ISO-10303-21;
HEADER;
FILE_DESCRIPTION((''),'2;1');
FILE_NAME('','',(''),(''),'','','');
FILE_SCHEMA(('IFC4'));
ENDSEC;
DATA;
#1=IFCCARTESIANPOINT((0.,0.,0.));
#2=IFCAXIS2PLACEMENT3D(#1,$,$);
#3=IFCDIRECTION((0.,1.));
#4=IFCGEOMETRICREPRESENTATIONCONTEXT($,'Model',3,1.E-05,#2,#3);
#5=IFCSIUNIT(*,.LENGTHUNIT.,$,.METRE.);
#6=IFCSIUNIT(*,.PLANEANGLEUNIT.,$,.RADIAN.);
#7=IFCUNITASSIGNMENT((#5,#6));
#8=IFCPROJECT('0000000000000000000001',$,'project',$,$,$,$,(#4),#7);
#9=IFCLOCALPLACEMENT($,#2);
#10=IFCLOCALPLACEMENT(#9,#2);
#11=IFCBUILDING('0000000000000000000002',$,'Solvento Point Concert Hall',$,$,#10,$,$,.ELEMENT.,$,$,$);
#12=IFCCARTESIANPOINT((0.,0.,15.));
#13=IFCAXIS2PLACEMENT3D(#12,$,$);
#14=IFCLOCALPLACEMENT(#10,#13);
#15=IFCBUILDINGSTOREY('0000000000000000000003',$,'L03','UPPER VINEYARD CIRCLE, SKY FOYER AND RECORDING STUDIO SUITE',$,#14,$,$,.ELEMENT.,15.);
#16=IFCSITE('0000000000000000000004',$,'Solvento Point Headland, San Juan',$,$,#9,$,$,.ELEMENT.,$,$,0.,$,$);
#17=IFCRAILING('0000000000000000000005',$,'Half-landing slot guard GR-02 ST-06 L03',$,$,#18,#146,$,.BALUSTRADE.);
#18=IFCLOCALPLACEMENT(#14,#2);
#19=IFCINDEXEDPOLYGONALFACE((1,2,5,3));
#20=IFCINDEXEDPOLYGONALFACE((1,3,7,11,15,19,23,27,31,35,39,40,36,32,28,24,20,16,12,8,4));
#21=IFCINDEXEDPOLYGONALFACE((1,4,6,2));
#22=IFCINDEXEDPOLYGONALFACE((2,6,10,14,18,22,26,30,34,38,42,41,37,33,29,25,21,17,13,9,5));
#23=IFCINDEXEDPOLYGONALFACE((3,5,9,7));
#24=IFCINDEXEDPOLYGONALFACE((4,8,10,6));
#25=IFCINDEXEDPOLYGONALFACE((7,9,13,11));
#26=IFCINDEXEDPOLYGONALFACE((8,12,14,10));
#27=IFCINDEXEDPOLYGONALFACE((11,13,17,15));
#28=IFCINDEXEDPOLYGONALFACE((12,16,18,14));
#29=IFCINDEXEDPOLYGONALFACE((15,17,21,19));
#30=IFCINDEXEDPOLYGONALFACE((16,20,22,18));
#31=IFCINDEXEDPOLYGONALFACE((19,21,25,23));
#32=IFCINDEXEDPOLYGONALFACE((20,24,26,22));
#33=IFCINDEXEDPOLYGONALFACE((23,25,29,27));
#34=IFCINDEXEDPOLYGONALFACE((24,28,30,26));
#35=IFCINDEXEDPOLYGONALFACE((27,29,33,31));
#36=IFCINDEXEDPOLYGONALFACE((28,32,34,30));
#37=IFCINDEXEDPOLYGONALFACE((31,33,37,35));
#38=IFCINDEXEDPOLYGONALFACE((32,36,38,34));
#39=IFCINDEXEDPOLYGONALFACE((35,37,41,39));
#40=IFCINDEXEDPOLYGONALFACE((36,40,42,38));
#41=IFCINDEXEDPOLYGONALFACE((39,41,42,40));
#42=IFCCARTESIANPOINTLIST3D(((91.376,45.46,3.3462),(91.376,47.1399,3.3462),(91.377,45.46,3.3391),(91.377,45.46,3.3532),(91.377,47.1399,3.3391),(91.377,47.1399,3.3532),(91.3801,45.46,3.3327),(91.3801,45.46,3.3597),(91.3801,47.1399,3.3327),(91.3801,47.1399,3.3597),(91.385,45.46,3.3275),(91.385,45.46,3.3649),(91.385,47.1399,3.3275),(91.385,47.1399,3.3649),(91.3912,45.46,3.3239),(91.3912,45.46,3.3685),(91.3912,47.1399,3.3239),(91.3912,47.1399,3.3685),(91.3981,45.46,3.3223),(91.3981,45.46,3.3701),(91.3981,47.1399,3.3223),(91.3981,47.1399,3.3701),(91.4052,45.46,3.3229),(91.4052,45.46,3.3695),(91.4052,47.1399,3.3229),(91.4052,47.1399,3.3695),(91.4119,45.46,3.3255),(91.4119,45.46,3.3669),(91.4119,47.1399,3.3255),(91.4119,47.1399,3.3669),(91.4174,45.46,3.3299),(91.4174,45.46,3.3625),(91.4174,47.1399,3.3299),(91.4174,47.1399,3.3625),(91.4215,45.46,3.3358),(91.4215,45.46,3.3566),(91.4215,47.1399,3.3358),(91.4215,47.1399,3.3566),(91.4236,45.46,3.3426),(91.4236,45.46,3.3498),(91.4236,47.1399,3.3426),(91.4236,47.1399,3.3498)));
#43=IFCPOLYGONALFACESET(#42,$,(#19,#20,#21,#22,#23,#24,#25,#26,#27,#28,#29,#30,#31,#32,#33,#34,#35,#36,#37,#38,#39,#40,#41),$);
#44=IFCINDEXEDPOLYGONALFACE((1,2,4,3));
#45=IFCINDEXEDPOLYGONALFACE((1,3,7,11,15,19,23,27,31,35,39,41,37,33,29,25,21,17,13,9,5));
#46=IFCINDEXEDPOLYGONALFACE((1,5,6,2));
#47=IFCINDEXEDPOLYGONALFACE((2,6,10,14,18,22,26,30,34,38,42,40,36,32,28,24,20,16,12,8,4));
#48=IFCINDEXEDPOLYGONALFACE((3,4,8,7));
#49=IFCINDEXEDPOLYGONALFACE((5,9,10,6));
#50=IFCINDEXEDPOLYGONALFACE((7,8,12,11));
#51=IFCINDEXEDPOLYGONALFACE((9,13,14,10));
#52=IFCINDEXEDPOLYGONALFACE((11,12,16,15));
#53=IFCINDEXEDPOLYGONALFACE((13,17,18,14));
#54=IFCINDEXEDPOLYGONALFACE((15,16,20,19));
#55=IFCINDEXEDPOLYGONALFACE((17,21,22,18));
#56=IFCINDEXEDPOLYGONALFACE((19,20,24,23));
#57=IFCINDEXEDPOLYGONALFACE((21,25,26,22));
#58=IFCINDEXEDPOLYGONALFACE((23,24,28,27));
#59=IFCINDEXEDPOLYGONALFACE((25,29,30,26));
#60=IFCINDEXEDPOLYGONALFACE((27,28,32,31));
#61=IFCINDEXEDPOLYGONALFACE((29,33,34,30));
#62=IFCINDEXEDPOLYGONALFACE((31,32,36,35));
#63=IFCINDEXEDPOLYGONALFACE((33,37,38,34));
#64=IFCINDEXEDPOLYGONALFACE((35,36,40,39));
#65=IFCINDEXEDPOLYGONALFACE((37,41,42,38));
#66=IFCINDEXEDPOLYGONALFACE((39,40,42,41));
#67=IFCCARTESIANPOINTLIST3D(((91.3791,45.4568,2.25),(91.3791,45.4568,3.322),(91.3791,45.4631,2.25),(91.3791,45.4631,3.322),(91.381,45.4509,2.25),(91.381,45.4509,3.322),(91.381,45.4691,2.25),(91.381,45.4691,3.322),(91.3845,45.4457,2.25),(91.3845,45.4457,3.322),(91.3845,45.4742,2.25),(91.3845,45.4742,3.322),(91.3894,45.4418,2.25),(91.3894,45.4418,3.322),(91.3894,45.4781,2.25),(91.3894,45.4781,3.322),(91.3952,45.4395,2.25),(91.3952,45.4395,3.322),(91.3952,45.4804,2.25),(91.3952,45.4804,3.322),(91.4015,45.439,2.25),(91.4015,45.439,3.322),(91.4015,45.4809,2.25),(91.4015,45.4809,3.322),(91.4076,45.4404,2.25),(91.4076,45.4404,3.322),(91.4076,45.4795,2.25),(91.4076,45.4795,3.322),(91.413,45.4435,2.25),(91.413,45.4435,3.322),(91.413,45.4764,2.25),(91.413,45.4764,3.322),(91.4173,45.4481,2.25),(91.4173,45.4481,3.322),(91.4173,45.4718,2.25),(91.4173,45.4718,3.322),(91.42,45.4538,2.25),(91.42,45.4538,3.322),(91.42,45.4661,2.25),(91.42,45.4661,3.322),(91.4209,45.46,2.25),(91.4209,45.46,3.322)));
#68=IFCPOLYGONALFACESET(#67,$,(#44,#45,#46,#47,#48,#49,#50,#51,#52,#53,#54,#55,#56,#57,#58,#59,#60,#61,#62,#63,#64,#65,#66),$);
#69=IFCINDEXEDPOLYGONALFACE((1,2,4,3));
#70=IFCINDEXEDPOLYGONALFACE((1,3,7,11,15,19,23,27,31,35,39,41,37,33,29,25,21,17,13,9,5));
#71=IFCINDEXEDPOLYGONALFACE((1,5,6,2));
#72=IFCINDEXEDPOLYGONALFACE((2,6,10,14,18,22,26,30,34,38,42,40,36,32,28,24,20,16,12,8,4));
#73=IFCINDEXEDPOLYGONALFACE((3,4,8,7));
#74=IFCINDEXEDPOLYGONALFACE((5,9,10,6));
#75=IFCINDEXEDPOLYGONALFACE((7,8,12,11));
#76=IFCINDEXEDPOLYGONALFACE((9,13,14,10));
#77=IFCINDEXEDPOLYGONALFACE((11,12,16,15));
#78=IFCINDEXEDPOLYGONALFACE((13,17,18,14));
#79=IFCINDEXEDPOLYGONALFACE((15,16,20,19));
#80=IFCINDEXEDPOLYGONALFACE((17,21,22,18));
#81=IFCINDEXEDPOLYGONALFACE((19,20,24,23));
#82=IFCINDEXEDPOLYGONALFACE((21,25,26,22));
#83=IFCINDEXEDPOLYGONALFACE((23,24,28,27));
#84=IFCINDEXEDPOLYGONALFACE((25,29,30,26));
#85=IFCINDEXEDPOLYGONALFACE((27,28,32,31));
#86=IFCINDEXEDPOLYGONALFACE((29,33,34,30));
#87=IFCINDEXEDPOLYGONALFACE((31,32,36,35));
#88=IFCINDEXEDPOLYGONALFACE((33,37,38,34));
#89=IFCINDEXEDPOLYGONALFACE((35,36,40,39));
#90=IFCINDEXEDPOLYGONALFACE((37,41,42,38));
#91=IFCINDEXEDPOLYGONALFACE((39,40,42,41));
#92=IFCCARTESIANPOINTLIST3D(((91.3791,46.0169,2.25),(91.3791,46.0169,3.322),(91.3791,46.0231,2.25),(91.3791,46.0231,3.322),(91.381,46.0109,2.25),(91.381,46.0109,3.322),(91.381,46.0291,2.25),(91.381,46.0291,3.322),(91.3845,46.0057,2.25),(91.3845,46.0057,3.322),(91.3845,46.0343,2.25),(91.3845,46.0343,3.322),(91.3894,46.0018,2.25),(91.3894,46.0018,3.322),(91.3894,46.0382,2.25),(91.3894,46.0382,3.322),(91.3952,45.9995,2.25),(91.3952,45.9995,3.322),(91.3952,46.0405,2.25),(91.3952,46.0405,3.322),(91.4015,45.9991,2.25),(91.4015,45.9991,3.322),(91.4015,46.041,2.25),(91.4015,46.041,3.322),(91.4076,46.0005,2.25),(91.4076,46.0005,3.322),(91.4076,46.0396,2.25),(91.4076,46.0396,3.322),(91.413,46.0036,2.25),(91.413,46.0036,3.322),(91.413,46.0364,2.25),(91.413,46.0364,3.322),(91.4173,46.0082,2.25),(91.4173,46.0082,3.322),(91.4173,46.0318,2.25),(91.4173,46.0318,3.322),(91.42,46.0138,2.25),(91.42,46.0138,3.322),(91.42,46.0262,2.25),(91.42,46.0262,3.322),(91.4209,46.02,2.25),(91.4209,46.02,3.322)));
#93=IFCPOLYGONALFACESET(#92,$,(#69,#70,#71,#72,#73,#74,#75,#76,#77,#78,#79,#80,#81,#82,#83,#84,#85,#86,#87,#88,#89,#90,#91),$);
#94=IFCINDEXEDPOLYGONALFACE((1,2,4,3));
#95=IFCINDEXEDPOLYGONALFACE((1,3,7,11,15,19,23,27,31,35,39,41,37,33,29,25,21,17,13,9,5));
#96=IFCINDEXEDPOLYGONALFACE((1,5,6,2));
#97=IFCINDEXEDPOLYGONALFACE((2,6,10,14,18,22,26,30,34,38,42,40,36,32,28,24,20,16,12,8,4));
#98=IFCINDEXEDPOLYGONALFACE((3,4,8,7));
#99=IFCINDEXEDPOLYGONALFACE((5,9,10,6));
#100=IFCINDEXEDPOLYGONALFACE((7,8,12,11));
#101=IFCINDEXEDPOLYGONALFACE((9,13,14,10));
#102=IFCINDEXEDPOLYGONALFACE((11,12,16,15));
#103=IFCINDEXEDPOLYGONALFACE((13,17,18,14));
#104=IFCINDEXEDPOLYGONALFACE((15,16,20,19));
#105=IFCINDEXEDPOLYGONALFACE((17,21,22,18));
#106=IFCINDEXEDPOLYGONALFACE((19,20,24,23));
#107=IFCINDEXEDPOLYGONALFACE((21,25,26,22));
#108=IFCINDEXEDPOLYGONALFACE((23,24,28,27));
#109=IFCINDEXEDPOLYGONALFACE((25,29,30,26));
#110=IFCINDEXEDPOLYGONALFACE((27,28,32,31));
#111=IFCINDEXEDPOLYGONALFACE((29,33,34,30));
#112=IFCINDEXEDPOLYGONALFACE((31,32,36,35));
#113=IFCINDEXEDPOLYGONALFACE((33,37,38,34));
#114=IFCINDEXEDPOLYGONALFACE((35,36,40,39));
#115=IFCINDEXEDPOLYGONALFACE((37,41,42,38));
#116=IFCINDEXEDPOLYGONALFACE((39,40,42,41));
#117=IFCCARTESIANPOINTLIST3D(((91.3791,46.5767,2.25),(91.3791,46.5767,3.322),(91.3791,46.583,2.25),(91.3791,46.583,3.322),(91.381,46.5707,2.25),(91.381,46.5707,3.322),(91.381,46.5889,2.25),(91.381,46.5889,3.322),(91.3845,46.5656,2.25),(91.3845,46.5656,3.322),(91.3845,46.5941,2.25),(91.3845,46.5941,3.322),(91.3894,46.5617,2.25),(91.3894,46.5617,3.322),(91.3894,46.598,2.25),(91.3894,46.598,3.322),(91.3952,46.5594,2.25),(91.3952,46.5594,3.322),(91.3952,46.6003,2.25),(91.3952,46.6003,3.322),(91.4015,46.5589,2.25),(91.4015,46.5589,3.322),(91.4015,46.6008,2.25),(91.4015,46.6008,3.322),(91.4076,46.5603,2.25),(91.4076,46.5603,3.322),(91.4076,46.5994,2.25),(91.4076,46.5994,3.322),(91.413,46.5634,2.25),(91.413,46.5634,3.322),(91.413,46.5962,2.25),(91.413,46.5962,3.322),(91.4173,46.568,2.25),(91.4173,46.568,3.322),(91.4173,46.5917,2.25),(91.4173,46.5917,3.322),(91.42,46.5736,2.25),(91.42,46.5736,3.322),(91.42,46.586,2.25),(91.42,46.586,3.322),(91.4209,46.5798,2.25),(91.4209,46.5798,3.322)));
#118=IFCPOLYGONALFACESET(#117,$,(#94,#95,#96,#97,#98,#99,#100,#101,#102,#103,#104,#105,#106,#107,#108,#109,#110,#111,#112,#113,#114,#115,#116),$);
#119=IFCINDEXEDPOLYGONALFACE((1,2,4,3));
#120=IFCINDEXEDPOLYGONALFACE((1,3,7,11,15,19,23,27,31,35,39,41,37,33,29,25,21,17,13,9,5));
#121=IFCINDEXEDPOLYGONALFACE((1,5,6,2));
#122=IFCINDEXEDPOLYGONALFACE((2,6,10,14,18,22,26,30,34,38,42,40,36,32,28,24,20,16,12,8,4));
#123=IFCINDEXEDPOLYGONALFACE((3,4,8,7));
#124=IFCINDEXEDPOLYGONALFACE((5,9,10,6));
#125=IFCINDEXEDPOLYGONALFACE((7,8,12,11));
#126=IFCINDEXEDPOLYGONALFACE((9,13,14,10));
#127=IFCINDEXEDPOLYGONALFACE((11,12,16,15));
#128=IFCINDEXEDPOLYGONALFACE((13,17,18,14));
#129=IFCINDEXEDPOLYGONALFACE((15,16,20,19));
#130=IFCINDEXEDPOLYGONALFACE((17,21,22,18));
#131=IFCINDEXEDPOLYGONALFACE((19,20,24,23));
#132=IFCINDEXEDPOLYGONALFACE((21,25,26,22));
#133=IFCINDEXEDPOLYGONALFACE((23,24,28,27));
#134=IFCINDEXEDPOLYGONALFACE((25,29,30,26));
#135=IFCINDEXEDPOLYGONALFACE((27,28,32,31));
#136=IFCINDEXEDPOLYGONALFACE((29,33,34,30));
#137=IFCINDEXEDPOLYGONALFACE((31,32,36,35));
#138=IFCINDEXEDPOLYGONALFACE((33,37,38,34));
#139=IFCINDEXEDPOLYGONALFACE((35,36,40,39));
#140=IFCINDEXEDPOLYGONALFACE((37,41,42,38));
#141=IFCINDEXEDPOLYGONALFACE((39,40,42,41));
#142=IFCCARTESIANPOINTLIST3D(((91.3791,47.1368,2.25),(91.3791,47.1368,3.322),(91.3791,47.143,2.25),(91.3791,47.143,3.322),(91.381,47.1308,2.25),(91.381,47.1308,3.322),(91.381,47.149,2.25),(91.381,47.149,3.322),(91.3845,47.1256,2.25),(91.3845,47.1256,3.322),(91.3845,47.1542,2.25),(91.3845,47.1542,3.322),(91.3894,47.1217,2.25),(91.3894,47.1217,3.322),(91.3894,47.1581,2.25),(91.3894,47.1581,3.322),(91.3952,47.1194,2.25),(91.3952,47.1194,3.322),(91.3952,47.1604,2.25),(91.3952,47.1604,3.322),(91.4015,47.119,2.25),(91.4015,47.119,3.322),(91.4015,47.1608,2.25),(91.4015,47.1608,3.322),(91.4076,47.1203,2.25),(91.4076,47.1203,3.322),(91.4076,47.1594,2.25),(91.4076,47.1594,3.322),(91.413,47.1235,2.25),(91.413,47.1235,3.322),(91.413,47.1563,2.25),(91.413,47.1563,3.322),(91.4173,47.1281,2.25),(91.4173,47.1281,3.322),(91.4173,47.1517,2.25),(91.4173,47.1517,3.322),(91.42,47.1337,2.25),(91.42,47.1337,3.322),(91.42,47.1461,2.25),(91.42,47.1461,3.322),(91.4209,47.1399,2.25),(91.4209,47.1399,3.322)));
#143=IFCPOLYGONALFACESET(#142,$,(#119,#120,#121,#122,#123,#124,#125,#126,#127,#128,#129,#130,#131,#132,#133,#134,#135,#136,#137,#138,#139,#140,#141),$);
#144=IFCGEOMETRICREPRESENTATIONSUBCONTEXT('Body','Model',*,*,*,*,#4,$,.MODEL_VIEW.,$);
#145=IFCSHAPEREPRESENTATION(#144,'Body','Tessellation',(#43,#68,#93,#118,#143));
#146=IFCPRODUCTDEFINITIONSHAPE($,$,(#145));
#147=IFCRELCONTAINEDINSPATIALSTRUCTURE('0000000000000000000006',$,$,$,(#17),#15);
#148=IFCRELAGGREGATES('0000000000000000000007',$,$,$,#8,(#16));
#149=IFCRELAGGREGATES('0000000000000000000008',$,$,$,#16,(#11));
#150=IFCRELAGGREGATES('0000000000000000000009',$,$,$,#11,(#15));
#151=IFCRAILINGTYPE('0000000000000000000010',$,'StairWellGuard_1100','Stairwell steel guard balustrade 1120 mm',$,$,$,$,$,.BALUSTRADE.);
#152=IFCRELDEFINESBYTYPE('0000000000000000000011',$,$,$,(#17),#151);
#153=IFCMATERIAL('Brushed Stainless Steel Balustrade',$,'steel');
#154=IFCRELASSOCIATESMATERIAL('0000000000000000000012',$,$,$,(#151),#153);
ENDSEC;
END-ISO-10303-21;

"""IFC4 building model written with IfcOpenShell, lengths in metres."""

from ifc_helpers import new_model, si_unit, direction, frame, origin, origin_2d, place, context, subcontext, project, spatial, circle, extrude, material, type_object, element, save


model = new_model("IFC4")

# Units and contexts
model_context = context("Model", 3, precision=1e-05, world=origin(), true_north=direction((0.0, 1.0)))
body_context = subcontext(model_context, "Body", "Model", "MODEL_VIEW")
ifc_project = project(units=[si_unit("LENGTHUNIT", "METRE"), si_unit("PLANEANGLEUNIT", "RADIAN")], contexts=[model_context])

# Site, building, storey
site_placement = place(None, origin())
site = spatial("IfcSite", under=ifc_project, at=site_placement, Name="Solvento Point Headland, San Juan", CompositionType="ELEMENT", RefElevation=0.0)
building_placement = place(site_placement, origin())
building = spatial("IfcBuilding", under=site, at=building_placement, Name="Solvento Point Concert Hall", CompositionType="ELEMENT")
storey_placement = place(building_placement, frame((0.0, 0.0, 15.0)))
storey = spatial("IfcBuildingStorey", under=building, at=storey_placement, Name="L03", Description="UPPER VINEYARD CIRCLE, SKY FOYER AND RECORDING STUDIO SUITE", CompositionType="ELEMENT", Elevation=15.0)

# Railing
ifc_material_1 = material(Name="Brushed Stainless Steel Balustrade", Category="steel")
railing_type_1 = type_object("IfcRailingType", Name="StairWellGuard_1100", Description="Stairwell steel guard balustrade 1120 mm", PredefinedType="BALUSTRADE", material=ifc_material_1)
railing_1_placement = place(storey_placement, frame((91.3999, 45.46, 2.25)))
element("IfcRailing", 1, at=railing_1_placement, inside=storey, type_object=railing_type_1, Name="Half-landing slot guard GR-02 ST-06 L03", PredefinedType="BALUSTRADE", context=body_context, shape_type="SweptSolid", body=[
    extrude(circle(Radius=0.0239, at=origin_2d()), frame((0.0, 0.0, 1.0962), z_axis=(0.0, 1.0, 0.0), x_axis=(-1.0, 0.0, 0.0)), (0.0, 0.0, 1.0), 1.6799),
    extrude(circle(Radius=0.021, at=origin_2d()), origin(), (0.0, 0.0, 1.0), 1.072),
    extrude(circle(Radius=0.021, at=origin_2d()), frame((0.0, 0.5601, 0.0)), (0.0, 0.0, 1.0), 1.072),
    extrude(circle(Radius=0.021, at=origin_2d()), frame((0.0, 1.1199, 0.0)), (0.0, 0.0, 1.0), 1.072),
    extrude(circle(Radius=0.021, at=origin_2d()), frame((0.0, 1.6799, 0.0)), (0.0, 0.0, 1.0), 1.072),
])

save(model, "model.ifc")
